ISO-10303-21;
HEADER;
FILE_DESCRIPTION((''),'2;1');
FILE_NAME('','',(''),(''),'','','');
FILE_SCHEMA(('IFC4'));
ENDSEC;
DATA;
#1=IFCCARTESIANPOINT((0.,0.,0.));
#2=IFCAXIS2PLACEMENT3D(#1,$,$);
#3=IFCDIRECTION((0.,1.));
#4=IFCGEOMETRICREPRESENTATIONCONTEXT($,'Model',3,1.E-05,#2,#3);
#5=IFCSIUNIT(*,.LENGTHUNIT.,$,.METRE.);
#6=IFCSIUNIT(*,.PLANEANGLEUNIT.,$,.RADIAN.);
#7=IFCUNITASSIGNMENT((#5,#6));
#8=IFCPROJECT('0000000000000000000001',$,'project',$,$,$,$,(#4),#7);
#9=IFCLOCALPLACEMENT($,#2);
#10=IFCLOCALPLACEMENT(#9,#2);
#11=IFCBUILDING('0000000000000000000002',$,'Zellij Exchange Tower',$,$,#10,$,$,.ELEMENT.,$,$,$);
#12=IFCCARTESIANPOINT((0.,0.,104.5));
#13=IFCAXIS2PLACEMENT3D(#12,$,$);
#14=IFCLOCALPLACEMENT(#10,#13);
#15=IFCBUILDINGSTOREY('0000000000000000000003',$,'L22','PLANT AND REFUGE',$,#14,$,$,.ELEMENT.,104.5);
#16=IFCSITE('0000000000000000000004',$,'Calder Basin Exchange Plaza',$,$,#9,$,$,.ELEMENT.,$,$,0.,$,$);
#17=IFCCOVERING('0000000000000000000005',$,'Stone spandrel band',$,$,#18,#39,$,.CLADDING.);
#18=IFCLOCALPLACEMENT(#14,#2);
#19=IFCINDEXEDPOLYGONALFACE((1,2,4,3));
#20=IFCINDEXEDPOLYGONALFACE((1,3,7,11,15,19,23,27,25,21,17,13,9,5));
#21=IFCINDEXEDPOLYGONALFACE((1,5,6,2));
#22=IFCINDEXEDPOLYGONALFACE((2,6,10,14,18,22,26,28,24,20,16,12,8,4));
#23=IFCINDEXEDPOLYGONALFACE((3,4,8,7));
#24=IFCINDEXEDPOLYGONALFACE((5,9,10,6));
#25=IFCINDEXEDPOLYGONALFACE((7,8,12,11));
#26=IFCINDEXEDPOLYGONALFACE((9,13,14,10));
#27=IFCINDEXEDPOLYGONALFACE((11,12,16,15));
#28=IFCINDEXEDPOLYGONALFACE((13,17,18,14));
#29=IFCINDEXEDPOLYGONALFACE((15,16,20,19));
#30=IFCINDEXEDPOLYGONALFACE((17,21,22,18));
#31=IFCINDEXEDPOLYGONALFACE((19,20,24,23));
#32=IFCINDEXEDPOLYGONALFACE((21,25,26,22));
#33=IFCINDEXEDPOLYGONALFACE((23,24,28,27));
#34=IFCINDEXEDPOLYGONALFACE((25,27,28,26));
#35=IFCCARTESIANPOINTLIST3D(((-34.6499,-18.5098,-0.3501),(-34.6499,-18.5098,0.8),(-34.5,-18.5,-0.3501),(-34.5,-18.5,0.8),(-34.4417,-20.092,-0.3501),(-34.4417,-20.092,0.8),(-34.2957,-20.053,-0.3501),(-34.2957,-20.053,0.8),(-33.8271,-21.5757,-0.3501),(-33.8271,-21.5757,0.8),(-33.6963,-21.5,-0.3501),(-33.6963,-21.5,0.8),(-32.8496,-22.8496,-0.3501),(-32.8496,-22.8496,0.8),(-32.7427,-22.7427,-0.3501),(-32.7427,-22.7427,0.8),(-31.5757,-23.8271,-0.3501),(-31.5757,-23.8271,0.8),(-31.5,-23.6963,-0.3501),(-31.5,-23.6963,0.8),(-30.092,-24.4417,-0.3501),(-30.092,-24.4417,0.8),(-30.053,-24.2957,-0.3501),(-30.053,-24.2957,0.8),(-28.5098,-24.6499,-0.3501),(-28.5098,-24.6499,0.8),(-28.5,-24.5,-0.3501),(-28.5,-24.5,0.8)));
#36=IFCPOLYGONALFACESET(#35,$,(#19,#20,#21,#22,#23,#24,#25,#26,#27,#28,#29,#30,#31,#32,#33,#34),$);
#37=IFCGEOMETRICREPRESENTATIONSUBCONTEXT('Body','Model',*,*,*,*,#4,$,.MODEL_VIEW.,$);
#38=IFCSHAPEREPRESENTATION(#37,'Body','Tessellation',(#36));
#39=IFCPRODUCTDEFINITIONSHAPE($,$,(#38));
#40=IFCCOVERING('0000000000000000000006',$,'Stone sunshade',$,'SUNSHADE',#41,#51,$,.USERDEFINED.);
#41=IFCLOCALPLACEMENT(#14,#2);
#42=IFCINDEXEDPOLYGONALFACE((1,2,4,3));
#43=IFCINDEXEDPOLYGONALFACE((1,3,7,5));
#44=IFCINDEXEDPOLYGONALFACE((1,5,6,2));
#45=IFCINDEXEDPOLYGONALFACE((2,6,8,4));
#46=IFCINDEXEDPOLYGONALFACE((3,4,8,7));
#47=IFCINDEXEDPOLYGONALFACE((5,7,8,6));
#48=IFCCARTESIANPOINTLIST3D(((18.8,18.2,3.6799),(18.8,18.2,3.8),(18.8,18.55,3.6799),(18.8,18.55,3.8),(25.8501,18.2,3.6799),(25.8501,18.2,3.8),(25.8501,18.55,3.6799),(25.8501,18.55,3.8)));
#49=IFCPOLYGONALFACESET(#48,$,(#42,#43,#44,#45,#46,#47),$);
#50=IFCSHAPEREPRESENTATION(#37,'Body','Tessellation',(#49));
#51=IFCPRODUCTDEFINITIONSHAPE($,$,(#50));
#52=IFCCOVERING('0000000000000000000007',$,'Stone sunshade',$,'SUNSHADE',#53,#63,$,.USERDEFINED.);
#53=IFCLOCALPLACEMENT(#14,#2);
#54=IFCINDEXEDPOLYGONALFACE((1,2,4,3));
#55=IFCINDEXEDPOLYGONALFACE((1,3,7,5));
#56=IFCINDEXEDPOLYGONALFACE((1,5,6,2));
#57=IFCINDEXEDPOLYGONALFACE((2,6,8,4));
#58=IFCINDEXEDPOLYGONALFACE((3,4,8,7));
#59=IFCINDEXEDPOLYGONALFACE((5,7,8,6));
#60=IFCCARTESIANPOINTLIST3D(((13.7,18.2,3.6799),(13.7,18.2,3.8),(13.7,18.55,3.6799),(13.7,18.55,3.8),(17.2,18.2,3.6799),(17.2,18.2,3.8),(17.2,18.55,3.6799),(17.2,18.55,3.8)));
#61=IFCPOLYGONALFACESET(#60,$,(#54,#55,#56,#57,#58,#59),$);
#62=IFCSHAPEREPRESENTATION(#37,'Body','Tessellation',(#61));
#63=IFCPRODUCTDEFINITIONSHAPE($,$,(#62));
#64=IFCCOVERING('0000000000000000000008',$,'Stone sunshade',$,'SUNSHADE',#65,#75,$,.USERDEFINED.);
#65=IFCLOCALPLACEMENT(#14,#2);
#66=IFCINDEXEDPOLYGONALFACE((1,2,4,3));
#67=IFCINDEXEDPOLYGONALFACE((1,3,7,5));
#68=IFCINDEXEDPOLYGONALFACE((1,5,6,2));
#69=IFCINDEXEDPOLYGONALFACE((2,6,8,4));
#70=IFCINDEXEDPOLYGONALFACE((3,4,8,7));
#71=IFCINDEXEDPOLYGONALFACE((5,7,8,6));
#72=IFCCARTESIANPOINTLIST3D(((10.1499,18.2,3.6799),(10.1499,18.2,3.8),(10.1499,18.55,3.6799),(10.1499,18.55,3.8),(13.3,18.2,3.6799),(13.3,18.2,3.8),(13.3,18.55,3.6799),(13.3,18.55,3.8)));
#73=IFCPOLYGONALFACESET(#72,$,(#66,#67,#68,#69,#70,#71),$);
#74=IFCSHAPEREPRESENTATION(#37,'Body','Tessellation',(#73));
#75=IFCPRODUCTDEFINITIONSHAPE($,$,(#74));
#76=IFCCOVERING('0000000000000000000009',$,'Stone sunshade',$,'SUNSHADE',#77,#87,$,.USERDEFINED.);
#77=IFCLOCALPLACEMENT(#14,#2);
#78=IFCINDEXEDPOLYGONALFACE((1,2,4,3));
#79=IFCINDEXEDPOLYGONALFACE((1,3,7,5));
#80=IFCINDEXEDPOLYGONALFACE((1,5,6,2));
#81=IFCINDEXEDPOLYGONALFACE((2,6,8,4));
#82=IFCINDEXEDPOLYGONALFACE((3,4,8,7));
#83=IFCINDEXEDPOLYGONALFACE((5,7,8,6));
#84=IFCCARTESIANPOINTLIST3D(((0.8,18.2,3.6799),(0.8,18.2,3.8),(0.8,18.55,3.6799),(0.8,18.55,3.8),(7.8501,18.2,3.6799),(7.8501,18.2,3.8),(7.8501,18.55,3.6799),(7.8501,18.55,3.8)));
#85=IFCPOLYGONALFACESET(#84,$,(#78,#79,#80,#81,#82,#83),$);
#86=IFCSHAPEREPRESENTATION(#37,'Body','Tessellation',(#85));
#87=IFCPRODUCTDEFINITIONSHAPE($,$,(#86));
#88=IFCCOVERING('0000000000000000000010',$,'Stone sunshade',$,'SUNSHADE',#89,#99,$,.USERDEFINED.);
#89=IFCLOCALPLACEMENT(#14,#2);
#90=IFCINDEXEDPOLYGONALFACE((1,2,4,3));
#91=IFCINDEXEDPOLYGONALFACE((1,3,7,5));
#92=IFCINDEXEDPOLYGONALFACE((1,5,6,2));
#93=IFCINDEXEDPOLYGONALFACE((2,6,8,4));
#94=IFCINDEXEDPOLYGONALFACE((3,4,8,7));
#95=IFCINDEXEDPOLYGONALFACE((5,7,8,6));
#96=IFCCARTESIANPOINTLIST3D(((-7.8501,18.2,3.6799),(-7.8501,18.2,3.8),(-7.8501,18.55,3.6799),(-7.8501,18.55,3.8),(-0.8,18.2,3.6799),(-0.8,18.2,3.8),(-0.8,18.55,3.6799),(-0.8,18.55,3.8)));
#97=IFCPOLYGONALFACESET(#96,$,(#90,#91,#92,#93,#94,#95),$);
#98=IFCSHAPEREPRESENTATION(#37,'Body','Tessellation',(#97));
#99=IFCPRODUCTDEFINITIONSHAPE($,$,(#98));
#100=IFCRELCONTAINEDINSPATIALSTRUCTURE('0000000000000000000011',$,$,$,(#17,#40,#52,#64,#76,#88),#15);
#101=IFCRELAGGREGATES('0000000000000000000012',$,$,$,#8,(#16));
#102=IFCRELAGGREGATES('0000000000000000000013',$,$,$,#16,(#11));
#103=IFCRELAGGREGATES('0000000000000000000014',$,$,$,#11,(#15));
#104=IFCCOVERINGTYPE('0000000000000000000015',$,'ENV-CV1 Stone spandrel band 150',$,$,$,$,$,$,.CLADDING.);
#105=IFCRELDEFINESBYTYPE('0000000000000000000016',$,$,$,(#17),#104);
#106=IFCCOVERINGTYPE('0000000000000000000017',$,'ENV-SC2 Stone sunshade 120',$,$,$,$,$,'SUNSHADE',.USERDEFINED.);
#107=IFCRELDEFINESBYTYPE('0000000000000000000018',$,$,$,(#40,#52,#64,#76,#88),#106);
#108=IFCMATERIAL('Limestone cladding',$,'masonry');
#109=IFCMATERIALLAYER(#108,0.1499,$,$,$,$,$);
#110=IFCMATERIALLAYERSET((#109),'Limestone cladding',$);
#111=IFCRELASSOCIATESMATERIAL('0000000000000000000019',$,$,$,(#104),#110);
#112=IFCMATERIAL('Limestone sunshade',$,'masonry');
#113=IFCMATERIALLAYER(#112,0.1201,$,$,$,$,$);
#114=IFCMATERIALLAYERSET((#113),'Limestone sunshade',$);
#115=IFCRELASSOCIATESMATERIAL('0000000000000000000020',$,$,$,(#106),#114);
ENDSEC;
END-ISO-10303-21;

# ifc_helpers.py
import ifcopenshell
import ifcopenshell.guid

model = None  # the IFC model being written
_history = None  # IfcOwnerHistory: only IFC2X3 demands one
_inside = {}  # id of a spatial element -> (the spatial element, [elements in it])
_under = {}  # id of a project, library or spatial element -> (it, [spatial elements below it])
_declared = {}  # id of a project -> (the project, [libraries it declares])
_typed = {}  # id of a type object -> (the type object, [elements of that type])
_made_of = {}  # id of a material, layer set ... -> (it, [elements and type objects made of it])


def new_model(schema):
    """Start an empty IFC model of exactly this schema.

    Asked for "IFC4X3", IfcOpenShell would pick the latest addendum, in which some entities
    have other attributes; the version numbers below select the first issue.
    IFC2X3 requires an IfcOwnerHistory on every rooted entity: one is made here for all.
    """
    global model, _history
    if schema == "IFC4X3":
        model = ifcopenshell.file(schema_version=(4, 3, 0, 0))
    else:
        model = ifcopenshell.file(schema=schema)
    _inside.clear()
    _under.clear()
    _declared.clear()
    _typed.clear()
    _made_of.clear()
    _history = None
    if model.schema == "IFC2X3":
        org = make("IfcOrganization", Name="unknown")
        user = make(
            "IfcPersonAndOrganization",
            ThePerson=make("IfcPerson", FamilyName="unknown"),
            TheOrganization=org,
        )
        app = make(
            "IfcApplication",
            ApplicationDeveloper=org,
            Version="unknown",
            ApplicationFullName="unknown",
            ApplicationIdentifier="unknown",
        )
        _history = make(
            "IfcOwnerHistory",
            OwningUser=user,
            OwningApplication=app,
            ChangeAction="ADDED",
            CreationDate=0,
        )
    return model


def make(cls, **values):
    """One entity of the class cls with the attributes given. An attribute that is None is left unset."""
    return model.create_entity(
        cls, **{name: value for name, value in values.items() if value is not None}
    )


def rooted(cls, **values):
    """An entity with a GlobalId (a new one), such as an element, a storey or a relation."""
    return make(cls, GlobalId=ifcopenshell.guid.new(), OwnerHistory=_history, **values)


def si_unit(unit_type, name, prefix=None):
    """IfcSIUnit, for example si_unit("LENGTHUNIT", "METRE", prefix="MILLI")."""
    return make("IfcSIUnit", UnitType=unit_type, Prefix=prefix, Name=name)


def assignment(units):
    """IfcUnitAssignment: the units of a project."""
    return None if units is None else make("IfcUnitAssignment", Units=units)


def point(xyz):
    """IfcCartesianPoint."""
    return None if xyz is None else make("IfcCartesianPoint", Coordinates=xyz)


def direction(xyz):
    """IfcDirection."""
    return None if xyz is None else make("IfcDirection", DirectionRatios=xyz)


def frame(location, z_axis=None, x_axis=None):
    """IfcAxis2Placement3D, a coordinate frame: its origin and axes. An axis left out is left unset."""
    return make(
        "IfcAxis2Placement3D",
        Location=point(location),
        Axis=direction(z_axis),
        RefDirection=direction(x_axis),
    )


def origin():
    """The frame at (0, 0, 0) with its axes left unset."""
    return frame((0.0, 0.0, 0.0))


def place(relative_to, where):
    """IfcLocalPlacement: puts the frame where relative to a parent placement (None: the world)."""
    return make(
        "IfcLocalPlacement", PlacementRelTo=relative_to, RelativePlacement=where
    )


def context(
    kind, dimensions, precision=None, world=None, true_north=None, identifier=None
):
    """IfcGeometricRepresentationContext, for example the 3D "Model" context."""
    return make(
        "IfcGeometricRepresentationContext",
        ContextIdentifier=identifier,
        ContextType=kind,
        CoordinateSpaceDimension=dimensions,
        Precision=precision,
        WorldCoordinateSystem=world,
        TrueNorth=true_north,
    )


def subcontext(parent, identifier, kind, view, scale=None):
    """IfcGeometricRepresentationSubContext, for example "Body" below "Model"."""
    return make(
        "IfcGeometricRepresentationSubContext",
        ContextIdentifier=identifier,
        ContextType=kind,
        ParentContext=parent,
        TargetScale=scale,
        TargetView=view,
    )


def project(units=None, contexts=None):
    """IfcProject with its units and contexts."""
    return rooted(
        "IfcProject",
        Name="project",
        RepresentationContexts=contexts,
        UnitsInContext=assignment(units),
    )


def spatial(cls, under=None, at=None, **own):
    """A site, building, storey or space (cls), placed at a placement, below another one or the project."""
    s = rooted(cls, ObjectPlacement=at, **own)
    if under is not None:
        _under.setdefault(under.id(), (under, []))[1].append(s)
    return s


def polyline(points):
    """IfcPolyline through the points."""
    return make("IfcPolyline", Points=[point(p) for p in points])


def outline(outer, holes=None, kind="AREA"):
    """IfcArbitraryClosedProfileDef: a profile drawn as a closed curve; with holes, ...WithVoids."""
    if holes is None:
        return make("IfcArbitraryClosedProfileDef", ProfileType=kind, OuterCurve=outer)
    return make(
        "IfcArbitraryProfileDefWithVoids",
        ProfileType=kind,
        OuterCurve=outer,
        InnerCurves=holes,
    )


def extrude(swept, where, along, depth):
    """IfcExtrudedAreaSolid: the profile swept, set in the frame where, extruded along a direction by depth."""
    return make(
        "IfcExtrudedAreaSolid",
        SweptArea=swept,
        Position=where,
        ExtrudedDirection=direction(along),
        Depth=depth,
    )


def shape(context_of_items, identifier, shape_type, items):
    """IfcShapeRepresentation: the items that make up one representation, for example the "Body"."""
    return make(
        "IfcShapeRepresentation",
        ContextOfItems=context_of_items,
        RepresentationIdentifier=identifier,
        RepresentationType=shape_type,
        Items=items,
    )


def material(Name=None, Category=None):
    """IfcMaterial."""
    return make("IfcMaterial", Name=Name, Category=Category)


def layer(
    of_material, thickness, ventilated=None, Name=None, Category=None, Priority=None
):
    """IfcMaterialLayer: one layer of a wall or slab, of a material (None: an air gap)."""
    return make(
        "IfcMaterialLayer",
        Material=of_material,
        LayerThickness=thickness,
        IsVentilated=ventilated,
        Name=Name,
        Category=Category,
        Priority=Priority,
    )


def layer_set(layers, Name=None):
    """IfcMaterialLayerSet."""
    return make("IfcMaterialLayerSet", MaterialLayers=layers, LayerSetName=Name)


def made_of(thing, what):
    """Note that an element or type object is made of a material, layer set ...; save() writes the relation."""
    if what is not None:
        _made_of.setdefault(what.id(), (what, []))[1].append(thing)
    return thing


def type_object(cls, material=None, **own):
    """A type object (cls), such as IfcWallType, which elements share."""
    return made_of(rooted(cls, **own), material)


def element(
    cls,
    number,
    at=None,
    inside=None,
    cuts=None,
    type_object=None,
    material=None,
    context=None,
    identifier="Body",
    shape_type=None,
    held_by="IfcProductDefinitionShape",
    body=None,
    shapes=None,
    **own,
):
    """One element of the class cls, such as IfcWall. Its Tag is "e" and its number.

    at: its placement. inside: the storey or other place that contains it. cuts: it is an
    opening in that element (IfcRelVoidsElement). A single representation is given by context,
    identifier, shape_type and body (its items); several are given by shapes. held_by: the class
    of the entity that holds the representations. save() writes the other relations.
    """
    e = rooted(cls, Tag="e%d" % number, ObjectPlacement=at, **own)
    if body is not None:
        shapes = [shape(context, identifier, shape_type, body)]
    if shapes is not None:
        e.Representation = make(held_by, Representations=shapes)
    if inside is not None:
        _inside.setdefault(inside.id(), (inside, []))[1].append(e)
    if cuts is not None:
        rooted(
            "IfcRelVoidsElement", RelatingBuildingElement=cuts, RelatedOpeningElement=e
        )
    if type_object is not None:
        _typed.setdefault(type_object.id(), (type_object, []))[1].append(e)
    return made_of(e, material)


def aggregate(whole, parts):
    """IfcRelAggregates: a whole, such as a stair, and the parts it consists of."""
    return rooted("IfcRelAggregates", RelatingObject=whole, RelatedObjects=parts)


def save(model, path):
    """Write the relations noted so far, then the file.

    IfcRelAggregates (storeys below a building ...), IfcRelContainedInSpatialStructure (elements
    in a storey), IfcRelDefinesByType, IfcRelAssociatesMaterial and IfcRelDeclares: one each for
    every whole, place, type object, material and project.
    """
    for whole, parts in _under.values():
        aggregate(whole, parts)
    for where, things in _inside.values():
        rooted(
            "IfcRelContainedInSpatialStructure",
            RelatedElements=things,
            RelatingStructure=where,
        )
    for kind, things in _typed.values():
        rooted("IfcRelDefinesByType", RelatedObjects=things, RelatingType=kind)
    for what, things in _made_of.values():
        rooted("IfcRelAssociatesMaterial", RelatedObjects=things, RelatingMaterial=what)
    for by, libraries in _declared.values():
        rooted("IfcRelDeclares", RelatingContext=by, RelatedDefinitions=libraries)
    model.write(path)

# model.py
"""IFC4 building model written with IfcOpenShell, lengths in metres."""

from ifc_helpers import new_model, si_unit, direction, frame, origin, place, context, subcontext, project, spatial, polyline, outline, extrude, material, layer, layer_set, type_object, element, save


model = new_model("IFC4")

# Units and contexts
model_context = context("Model", 3, precision=1e-05, world=origin(), true_north=direction((0.0, 1.0)))
body_context = subcontext(model_context, "Body", "Model", "MODEL_VIEW")
ifc_project = project(units=[si_unit("LENGTHUNIT", "METRE"), si_unit("PLANEANGLEUNIT", "RADIAN")], contexts=[model_context])

# Site, building, storey
site_placement = place(None, origin())
site = spatial("IfcSite", under=ifc_project, at=site_placement, Name="Calder Basin Exchange Plaza", CompositionType="ELEMENT", RefElevation=0.0)
building_placement = place(site_placement, origin())
building = spatial("IfcBuilding", under=site, at=building_placement, Name="Zellij Exchange Tower", CompositionType="ELEMENT")
storey_placement = place(building_placement, frame((0.0, 0.0, 104.5)))
storey = spatial("IfcBuildingStorey", under=building, at=storey_placement, Name="L22", Description="PLANT AND REFUGE", CompositionType="ELEMENT", Elevation=104.5)

# Coverings
ifc_material_1 = material(Name="Limestone cladding", Category="masonry")
ifc_layer_1 = layer(ifc_material_1, 0.1499)
ifc_layer_set_1 = layer_set([ifc_layer_1], Name="Limestone cladding")
covering_type_1 = type_object("IfcCoveringType", Name="ENV-CV1 Stone spandrel band 150", PredefinedType="CLADDING", material=ifc_layer_set_1)
covering_1_placement = place(storey_placement, frame((0.0, 0.0, -0.3501)))
element("IfcCovering", 1, at=covering_1_placement, inside=storey, type_object=covering_type_1, Name="Stone spandrel band", PredefinedType="CLADDING", context=body_context, shape_type="SweptSolid", body=[
    extrude(outline(polyline([(-34.5, -18.5), (-34.2957, -20.053), (-33.6963, -21.5), (-32.7427, -22.7427), (-31.5, -23.6963), (-30.053, -24.2957), (-28.5, -24.5), (-28.5098, -24.6499), (-30.092, -24.4417), (-31.5757, -23.8271), (-32.8496, -22.8496), (-33.8271, -21.5757), (-34.4417, -20.092), (-34.6499, -18.5098), (-34.5, -18.5)])), origin(), (0.0, 0.0, 1.0), 1.1501),
])
ifc_material_2 = material(Name="Limestone sunshade", Category="masonry")
ifc_layer_2 = layer(ifc_material_2, 0.1201)
ifc_layer_set_2 = layer_set([ifc_layer_2], Name="Limestone sunshade")
covering_type_2 = type_object("IfcCoveringType", Name="ENV-SC2 Stone sunshade 120", ElementType="SUNSHADE", PredefinedType="USERDEFINED", material=ifc_layer_set_2)
covering_2_placement = place(storey_placement, frame((0.0, 0.0, 3.6799)))
element("IfcCovering", 2, at=covering_2_placement, inside=storey, type_object=covering_type_2, Name="Stone sunshade", ObjectType="SUNSHADE", PredefinedType="USERDEFINED", context=body_context, shape_type="SweptSolid", body=[
    extrude(outline(polyline([(25.8501, 18.2), (18.8, 18.2), (18.8, 18.55), (25.8501, 18.55), (25.8501, 18.2)])), origin(), (0.0, 0.0, 1.0), 0.1201),
])
covering_3_placement = place(storey_placement, frame((0.0, 0.0, 3.6799)))
element("IfcCovering", 3, at=covering_3_placement, inside=storey, type_object=covering_type_2, Name="Stone sunshade", ObjectType="SUNSHADE", PredefinedType="USERDEFINED", context=body_context, shape_type="SweptSolid", body=[
    extrude(outline(polyline([(17.2, 18.2), (13.7, 18.2), (13.7, 18.55), (17.2, 18.55), (17.2, 18.2)])), origin(), (0.0, 0.0, 1.0), 0.1201),
])
covering_4_placement = place(storey_placement, frame((0.0, 0.0, 3.6799)))
element("IfcCovering", 4, at=covering_4_placement, inside=storey, type_object=covering_type_2, Name="Stone sunshade", ObjectType="SUNSHADE", PredefinedType="USERDEFINED", context=body_context, shape_type="SweptSolid", body=[
    extrude(outline(polyline([(13.3, 18.2), (10.1499, 18.2), (10.1499, 18.55), (13.3, 18.55), (13.3, 18.2)])), origin(), (0.0, 0.0, 1.0), 0.1201),
])
covering_5_placement = place(storey_placement, frame((0.0, 0.0, 3.6799)))
element("IfcCovering", 5, at=covering_5_placement, inside=storey, type_object=covering_type_2, Name="Stone sunshade", ObjectType="SUNSHADE", PredefinedType="USERDEFINED", context=body_context, shape_type="SweptSolid", body=[
    extrude(outline(polyline([(7.8501, 18.2), (0.8, 18.2), (0.8, 18.55), (7.8501, 18.55), (7.8501, 18.2)])), origin(), (0.0, 0.0, 1.0), 0.1201),
])
covering_6_placement = place(storey_placement, frame((0.0, 0.0, 3.6799)))
element("IfcCovering", 6, at=covering_6_placement, inside=storey, type_object=covering_type_2, Name="Stone sunshade", ObjectType="SUNSHADE", PredefinedType="USERDEFINED", context=body_context, shape_type="SweptSolid", body=[
    extrude(outline(polyline([(-0.8, 18.2), (-7.8501, 18.2), (-7.8501, 18.55), (-0.8, 18.55), (-0.8, 18.2)])), origin(), (0.0, 0.0, 1.0), 0.1201),
])

save(model, "model.ifc")
